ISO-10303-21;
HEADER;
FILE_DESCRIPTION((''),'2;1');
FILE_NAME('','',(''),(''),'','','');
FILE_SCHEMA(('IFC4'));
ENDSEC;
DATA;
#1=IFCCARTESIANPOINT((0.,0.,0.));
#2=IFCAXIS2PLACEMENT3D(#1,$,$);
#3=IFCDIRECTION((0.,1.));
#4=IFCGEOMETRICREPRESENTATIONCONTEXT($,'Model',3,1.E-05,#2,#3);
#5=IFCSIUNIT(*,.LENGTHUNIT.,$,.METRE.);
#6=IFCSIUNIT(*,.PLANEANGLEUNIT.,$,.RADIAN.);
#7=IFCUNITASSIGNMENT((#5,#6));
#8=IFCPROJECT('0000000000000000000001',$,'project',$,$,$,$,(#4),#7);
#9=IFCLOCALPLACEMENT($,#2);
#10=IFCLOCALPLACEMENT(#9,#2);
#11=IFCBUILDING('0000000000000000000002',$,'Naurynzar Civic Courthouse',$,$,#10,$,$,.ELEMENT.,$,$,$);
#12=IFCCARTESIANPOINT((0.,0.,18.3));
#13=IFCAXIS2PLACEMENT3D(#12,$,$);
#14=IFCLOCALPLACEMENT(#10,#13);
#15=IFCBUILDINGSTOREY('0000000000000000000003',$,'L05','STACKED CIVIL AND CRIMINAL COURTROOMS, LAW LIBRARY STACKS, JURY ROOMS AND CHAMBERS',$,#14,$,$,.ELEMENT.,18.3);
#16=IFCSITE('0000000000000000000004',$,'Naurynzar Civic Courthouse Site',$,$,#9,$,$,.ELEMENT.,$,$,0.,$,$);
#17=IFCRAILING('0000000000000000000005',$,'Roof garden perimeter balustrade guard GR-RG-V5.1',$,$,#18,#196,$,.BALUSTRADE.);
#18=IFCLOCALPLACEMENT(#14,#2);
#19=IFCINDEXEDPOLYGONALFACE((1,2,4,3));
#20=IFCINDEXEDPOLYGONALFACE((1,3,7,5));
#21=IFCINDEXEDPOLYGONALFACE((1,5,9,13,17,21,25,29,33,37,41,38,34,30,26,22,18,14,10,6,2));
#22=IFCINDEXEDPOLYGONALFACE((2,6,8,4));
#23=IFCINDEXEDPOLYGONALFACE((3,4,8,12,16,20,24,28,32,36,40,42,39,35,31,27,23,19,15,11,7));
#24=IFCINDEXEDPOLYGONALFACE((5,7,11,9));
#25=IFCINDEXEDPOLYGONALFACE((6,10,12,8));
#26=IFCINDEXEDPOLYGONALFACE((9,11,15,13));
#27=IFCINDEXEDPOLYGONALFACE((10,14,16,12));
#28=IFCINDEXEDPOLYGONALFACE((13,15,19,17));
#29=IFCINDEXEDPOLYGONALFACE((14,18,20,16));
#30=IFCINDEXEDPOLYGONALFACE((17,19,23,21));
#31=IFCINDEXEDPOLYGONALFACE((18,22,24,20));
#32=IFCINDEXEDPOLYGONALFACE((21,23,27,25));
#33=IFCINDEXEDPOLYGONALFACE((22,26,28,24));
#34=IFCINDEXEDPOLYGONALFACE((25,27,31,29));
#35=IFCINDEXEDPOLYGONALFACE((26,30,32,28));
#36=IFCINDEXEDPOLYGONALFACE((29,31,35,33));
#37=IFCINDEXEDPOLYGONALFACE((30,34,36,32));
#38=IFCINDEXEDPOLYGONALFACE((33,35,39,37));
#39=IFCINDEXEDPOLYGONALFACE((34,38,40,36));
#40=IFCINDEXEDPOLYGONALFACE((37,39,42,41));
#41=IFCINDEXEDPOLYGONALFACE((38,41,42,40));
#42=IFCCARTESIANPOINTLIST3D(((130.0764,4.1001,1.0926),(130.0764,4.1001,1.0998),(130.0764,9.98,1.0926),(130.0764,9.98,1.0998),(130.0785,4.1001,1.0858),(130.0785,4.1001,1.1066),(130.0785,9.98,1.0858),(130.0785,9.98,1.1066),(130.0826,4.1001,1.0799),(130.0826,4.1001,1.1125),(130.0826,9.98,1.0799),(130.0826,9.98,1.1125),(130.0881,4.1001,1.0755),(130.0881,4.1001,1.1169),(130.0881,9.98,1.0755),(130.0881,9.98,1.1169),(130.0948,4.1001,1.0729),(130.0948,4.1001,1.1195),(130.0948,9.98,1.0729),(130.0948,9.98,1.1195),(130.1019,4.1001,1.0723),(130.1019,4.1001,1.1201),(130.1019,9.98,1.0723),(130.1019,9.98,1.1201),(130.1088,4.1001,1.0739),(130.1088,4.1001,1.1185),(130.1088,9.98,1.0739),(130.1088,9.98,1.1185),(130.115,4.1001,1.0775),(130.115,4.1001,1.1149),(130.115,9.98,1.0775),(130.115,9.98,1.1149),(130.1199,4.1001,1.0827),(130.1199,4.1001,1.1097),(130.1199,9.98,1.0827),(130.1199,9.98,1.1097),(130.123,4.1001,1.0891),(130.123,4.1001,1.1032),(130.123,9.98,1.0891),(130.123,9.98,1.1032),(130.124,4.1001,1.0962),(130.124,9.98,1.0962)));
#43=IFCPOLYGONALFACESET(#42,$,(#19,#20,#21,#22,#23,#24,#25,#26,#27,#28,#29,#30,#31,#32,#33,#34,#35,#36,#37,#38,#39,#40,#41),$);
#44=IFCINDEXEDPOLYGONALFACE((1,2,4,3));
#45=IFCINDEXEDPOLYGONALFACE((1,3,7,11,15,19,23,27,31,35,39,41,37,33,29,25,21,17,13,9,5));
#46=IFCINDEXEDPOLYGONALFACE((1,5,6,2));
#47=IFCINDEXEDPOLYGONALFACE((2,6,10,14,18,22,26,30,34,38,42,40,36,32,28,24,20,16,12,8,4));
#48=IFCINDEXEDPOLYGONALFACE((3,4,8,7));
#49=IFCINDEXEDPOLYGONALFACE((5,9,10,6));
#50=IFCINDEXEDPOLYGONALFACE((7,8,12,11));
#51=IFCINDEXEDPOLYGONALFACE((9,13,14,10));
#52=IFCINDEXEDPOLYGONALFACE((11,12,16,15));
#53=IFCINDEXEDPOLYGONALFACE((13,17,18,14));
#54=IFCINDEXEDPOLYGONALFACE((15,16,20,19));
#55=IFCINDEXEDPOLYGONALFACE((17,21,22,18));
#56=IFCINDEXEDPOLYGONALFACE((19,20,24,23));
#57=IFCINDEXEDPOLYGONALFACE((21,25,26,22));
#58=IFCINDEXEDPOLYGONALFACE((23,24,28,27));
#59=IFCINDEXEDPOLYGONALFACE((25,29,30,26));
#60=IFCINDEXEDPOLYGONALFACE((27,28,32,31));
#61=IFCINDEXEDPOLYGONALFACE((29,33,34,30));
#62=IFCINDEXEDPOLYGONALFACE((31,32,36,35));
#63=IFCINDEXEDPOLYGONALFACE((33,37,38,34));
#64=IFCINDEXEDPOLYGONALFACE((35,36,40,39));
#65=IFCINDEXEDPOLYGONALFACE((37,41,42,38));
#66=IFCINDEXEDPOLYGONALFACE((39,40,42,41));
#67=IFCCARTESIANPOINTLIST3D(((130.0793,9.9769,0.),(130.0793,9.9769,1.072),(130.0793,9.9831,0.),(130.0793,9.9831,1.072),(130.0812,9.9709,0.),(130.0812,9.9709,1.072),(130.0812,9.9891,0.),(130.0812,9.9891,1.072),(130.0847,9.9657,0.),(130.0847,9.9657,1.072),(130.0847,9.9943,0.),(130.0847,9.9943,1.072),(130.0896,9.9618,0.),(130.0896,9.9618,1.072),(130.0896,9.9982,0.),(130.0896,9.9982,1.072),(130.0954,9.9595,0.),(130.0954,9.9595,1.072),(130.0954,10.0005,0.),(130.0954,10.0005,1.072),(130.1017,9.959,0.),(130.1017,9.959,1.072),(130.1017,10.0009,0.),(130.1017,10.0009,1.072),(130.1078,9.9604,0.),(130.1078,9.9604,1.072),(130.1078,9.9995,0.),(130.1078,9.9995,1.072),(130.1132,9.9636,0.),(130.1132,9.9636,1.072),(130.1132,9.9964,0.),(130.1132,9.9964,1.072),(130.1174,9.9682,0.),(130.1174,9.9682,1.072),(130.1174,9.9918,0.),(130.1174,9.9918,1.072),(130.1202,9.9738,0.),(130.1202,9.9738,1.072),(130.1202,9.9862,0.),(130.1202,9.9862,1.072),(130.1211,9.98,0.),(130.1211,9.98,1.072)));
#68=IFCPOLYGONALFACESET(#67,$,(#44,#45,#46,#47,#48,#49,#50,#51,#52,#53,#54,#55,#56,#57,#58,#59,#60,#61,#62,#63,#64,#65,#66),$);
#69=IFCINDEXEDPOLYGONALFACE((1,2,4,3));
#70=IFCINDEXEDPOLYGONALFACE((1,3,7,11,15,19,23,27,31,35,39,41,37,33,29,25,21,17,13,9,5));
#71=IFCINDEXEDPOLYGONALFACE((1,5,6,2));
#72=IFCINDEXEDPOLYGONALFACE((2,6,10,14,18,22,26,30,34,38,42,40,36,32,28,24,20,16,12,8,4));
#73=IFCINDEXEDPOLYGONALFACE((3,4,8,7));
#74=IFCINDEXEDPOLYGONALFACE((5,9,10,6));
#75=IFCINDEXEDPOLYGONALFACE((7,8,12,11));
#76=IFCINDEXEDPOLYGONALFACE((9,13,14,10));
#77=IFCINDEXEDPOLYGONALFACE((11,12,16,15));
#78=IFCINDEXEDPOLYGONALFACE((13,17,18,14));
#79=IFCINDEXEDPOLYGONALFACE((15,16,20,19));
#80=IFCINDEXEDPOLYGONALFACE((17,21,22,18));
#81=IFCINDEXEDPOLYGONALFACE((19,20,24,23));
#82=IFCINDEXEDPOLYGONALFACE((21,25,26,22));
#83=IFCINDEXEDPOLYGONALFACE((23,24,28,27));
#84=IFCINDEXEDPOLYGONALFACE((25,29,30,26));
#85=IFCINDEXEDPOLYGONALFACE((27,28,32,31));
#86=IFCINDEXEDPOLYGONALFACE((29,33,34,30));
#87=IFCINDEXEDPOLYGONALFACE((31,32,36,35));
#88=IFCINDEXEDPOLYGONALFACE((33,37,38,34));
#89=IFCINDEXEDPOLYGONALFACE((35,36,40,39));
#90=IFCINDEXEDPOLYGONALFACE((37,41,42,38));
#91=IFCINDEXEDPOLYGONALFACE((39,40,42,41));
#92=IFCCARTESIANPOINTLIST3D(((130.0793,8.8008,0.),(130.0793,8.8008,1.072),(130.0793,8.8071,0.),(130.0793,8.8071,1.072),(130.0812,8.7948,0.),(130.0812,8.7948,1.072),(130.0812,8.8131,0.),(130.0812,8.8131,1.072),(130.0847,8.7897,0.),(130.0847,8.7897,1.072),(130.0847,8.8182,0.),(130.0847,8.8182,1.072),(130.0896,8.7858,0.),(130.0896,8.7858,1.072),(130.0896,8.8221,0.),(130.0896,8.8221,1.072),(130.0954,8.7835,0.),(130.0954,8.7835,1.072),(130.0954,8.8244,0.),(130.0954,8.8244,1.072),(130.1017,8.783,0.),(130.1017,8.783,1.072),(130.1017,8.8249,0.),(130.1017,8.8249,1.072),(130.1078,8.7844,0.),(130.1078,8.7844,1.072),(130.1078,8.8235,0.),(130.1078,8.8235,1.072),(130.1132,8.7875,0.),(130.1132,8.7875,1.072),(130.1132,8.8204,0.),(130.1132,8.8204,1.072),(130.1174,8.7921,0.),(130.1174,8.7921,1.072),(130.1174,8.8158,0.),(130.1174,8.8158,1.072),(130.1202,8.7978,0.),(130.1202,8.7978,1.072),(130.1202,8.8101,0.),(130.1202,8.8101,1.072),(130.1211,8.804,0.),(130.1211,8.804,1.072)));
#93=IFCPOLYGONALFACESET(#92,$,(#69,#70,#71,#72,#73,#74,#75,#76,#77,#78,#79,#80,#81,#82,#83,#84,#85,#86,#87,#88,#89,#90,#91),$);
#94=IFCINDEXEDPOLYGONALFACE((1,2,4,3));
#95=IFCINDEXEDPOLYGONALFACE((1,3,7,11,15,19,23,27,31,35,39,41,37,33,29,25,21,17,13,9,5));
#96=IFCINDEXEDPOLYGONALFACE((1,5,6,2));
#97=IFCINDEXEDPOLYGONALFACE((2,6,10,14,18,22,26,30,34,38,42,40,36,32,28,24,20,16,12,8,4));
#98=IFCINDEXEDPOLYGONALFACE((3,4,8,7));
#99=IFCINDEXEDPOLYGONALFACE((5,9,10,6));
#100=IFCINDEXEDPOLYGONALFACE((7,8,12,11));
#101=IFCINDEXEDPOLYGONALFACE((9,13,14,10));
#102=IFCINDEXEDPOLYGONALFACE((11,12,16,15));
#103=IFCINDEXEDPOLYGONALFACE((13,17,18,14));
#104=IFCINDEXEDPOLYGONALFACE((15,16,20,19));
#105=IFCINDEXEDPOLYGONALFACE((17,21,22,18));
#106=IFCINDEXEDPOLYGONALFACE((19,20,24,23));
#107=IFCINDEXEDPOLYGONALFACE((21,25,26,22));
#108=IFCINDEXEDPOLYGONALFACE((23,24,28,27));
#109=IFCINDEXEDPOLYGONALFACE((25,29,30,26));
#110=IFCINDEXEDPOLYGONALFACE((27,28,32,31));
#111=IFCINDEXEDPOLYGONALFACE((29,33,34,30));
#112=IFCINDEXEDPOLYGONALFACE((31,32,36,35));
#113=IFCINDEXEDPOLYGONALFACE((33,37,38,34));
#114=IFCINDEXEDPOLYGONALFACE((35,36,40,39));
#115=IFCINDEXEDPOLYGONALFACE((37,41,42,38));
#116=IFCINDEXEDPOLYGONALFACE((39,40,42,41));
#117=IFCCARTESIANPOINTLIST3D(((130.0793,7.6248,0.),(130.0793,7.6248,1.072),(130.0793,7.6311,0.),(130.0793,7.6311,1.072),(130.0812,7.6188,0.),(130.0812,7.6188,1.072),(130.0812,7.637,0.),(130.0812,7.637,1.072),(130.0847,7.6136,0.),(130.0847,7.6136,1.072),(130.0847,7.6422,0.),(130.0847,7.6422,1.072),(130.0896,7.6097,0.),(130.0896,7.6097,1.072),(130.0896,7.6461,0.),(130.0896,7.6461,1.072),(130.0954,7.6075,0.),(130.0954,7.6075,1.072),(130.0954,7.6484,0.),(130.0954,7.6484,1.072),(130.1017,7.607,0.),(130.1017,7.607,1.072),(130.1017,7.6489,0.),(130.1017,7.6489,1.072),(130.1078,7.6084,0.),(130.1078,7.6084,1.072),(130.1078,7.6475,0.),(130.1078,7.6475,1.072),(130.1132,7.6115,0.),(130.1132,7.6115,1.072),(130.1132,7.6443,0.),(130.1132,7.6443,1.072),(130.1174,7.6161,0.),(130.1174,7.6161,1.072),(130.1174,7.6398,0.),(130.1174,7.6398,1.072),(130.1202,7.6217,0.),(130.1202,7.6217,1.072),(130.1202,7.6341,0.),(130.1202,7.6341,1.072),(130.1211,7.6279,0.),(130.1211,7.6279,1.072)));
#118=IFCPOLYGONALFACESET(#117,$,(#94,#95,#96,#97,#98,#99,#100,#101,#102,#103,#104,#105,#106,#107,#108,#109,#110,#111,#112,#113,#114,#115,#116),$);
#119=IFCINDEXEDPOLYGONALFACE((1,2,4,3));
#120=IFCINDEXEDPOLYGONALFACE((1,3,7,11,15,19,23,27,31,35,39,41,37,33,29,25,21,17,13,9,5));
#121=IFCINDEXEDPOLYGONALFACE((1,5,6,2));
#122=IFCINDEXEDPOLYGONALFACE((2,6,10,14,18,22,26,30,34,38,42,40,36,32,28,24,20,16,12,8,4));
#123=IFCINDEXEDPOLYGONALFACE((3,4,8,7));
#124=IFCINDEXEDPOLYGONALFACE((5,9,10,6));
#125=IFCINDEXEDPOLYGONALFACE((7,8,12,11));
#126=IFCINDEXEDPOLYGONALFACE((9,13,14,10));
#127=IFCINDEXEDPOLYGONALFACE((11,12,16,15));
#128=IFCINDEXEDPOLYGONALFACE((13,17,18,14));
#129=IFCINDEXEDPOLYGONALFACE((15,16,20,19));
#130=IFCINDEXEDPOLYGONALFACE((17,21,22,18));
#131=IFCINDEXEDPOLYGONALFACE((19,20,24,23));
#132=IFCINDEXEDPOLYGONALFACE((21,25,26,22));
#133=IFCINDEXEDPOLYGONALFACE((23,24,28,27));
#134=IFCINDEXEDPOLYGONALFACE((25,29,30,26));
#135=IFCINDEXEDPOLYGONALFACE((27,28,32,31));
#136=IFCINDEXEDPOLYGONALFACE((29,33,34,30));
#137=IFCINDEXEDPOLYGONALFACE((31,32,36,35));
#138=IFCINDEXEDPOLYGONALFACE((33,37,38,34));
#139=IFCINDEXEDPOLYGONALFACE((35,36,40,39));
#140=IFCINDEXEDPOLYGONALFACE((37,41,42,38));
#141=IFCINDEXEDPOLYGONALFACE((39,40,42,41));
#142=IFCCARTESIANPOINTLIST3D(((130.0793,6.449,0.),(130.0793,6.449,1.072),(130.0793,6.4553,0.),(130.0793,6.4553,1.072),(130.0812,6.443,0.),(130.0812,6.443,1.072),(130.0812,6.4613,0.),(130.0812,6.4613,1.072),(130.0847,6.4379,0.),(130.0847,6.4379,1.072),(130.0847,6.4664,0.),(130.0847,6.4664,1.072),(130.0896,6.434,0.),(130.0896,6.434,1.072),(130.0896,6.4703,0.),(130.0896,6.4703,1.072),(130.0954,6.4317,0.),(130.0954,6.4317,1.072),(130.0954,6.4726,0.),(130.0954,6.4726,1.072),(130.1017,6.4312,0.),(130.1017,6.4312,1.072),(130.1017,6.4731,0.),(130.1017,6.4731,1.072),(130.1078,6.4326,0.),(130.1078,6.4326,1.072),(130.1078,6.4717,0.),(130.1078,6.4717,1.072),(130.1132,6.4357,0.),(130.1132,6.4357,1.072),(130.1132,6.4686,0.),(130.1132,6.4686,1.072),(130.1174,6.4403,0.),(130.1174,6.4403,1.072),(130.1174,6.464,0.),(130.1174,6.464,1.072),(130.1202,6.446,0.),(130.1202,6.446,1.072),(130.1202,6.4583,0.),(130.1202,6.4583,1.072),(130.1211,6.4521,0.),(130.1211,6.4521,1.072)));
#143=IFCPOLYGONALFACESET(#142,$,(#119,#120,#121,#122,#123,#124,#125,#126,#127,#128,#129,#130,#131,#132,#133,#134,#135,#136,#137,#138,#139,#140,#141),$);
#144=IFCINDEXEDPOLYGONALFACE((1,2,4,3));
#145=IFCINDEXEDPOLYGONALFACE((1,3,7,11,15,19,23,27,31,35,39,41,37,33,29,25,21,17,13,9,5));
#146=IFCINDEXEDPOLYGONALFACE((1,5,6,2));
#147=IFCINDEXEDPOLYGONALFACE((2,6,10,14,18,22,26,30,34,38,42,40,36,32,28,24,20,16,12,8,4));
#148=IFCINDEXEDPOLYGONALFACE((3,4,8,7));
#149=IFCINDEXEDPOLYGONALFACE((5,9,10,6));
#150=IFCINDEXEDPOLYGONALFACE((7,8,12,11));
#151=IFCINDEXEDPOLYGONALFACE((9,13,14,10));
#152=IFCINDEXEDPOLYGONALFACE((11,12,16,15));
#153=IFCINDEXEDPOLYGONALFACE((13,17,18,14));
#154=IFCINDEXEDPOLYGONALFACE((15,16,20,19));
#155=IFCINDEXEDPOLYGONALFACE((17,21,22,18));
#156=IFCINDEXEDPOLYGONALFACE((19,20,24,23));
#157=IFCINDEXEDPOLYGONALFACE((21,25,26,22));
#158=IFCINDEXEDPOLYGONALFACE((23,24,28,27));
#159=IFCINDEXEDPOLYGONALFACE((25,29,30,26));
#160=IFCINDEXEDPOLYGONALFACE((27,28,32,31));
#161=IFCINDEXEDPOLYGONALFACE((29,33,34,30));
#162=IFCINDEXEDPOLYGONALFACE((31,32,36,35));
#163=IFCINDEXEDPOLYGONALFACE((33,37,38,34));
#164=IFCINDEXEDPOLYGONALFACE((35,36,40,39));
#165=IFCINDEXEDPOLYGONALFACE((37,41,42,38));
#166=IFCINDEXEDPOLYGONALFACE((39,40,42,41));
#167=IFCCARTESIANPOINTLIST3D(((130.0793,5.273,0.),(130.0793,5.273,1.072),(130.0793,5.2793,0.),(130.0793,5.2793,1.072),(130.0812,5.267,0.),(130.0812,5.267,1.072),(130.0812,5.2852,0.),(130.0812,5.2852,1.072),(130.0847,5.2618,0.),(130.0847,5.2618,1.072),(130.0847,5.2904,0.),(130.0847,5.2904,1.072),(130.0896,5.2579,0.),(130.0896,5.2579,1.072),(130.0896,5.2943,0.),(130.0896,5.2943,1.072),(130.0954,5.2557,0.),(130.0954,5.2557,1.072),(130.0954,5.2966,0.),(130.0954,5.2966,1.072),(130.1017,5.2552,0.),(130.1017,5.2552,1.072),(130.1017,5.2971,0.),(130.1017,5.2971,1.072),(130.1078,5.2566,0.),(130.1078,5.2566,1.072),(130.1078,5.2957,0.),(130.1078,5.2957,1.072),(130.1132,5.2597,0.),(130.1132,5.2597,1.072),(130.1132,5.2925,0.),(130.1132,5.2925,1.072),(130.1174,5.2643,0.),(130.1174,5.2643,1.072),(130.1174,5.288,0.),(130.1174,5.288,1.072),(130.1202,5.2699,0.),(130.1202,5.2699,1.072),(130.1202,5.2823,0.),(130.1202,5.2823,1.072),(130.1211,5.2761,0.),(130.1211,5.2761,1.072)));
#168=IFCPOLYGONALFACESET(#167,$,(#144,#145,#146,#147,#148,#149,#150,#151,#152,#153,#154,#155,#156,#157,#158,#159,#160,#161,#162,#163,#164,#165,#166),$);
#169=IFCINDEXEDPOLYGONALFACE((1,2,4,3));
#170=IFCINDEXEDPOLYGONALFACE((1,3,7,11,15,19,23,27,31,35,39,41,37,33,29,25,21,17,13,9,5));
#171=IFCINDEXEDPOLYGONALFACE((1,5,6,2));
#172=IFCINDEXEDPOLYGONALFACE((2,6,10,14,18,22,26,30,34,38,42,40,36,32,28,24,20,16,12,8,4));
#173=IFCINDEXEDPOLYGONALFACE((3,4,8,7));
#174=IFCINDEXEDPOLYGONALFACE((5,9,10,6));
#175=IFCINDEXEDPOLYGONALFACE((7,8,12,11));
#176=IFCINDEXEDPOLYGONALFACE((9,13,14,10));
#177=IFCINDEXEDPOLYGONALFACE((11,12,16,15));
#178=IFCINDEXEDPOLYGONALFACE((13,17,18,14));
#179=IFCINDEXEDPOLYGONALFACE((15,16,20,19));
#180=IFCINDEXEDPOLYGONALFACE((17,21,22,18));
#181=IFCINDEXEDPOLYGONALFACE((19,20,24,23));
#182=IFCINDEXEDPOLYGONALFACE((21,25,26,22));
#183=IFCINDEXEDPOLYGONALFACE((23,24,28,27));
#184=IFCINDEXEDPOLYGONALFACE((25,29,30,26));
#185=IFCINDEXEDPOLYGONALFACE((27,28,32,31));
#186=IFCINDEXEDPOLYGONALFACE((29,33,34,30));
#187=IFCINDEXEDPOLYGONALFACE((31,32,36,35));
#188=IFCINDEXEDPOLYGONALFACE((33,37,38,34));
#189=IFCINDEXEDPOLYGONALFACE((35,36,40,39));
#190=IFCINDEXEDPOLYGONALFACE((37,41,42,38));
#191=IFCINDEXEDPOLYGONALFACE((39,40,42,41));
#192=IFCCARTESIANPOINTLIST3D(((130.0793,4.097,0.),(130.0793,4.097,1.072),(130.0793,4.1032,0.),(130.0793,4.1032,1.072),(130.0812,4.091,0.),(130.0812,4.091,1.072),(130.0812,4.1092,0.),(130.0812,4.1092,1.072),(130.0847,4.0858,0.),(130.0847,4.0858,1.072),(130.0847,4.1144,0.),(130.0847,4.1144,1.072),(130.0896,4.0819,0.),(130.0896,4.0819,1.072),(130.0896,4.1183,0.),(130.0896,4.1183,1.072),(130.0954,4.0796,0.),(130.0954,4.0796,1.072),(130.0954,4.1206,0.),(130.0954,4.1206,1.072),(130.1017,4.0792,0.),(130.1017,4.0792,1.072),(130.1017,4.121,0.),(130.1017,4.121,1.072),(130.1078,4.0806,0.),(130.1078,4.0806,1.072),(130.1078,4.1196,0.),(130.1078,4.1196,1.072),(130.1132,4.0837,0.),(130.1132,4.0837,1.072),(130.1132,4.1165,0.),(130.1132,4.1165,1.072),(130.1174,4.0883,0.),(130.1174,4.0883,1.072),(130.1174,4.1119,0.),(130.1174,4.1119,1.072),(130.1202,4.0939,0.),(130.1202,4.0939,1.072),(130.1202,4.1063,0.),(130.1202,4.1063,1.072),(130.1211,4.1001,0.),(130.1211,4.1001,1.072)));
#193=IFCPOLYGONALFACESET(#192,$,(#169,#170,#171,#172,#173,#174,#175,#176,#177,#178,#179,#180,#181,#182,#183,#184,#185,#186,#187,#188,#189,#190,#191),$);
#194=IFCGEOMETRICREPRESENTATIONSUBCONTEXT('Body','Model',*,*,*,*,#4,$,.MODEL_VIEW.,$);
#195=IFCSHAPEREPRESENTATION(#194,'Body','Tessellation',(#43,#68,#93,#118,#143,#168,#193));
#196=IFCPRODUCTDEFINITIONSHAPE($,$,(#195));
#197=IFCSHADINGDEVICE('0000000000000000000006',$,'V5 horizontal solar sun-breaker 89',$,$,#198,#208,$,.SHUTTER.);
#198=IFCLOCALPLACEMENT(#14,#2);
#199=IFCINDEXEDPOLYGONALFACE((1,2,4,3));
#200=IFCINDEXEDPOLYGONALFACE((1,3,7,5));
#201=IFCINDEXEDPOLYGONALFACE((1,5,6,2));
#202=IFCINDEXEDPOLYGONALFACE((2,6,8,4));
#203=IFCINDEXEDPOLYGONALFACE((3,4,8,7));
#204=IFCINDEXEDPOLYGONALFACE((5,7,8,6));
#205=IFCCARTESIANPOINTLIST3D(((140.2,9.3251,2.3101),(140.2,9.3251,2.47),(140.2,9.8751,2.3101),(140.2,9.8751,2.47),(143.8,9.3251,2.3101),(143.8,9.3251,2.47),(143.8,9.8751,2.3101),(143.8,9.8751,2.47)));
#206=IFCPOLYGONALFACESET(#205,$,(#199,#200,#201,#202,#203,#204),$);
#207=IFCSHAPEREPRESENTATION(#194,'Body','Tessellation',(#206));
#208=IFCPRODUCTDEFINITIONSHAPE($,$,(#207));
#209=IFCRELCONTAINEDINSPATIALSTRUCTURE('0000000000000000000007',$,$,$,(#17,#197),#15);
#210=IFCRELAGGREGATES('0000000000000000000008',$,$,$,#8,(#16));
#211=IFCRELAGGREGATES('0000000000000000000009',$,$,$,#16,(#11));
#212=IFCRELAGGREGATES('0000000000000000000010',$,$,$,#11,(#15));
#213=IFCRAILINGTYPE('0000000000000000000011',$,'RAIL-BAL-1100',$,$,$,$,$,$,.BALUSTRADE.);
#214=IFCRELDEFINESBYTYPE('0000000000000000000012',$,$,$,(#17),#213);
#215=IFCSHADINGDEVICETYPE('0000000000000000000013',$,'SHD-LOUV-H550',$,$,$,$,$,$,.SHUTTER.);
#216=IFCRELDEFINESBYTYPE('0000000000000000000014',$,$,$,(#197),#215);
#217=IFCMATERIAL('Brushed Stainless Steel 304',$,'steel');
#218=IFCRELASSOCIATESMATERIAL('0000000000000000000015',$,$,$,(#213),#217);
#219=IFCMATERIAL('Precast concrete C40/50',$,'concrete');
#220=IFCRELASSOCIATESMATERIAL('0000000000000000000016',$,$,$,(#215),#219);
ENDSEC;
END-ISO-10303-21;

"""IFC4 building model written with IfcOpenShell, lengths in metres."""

from ifc_helpers import new_model, si_unit, direction, frame, origin, origin_2d, place, context, subcontext, project, spatial, rectangle, circle, extrude, material, type_object, element, save


model = new_model("IFC4")

# Units and contexts
model_context = context("Model", 3, precision=1e-05, world=origin(), true_north=direction((0.0, 1.0)))
body_context = subcontext(model_context, "Body", "Model", "MODEL_VIEW")
ifc_project = project(units=[si_unit("LENGTHUNIT", "METRE"), si_unit("PLANEANGLEUNIT", "RADIAN")], contexts=[model_context])

# Site, building, storey
site_placement = place(None, origin())
site = spatial("IfcSite", under=ifc_project, at=site_placement, Name="Naurynzar Civic Courthouse Site", CompositionType="ELEMENT", RefElevation=0.0)
building_placement = place(site_placement, origin())
building = spatial("IfcBuilding", under=site, at=building_placement, Name="Naurynzar Civic Courthouse", CompositionType="ELEMENT")
storey_placement = place(building_placement, frame((0.0, 0.0, 18.3)))
storey = spatial("IfcBuildingStorey", under=building, at=storey_placement, Name="L05", Description="STACKED CIVIL AND CRIMINAL COURTROOMS, LAW LIBRARY STACKS, JURY ROOMS AND CHAMBERS", CompositionType="ELEMENT", Elevation=18.3)

# Railing
ifc_material_1 = material(Name="Brushed Stainless Steel 304", Category="steel")
railing_type = type_object("IfcRailingType", Name="RAIL-BAL-1100", PredefinedType="BALUSTRADE", material=ifc_material_1)
railing_1_placement = place(storey_placement, frame((130.1001, 9.98, 0.0)))
element("IfcRailing", 1, at=railing_1_placement, inside=storey, type_object=railing_type, Name="Roof garden perimeter balustrade guard GR-RG-V5.1", PredefinedType="BALUSTRADE", context=body_context, shape_type="SweptSolid", body=[
    extrude(circle(Radius=0.0239, at=origin_2d()), frame((0.0, 0.0, 1.0962), z_axis=(0.0, -1.0, 0.0), x_axis=(1.0, 0.0, 0.0)), (0.0, 0.0, 1.0), 5.8799),
    extrude(circle(Radius=0.021, at=origin_2d()), origin(), (0.0, 0.0, 1.0), 1.072),
    extrude(circle(Radius=0.021, at=origin_2d()), frame((0.0, -1.176, 0.0)), (0.0, 0.0, 1.0), 1.072),
    extrude(circle(Radius=0.021, at=origin_2d()), frame((0.0, -2.3521, 0.0)), (0.0, 0.0, 1.0), 1.072),
    extrude(circle(Radius=0.021, at=origin_2d()), frame((0.0, -3.5278, 0.0)), (0.0, 0.0, 1.0), 1.072),
    extrude(circle(Radius=0.021, at=origin_2d()), frame((0.0, -4.7039, 0.0)), (0.0, 0.0, 1.0), 1.072),
    extrude(circle(Radius=0.021, at=origin_2d()), frame((0.0, -5.8799, 0.0)), (0.0, 0.0, 1.0), 1.072),
])

# Shading device
ifc_material_2 = material(Name="Precast concrete C40/50", Category="concrete")
shading_device_type = type_object("IfcShadingDeviceType", Name="SHD-LOUV-H550", PredefinedType="SHUTTER", material=ifc_material_2)
shading_device_placement = place(storey_placement, frame((142.0, 9.6001, 2.3101), z_axis=(0.0, 0.0, 1.0), x_axis=(-1.0, 0.0, 0.0)))
element("IfcShadingDevice", 2, at=shading_device_placement, inside=storey, type_object=shading_device_type, Name="V5 horizontal solar sun-breaker 89", PredefinedType="SHUTTER", context=body_context, shape_type="SweptSolid", body=[
    extrude(rectangle(XDim=3.6001, YDim=0.55, at=origin_2d()), origin(), (0.0, 0.0, 1.0), 0.1599),
])

save(model, "model.ifc")
